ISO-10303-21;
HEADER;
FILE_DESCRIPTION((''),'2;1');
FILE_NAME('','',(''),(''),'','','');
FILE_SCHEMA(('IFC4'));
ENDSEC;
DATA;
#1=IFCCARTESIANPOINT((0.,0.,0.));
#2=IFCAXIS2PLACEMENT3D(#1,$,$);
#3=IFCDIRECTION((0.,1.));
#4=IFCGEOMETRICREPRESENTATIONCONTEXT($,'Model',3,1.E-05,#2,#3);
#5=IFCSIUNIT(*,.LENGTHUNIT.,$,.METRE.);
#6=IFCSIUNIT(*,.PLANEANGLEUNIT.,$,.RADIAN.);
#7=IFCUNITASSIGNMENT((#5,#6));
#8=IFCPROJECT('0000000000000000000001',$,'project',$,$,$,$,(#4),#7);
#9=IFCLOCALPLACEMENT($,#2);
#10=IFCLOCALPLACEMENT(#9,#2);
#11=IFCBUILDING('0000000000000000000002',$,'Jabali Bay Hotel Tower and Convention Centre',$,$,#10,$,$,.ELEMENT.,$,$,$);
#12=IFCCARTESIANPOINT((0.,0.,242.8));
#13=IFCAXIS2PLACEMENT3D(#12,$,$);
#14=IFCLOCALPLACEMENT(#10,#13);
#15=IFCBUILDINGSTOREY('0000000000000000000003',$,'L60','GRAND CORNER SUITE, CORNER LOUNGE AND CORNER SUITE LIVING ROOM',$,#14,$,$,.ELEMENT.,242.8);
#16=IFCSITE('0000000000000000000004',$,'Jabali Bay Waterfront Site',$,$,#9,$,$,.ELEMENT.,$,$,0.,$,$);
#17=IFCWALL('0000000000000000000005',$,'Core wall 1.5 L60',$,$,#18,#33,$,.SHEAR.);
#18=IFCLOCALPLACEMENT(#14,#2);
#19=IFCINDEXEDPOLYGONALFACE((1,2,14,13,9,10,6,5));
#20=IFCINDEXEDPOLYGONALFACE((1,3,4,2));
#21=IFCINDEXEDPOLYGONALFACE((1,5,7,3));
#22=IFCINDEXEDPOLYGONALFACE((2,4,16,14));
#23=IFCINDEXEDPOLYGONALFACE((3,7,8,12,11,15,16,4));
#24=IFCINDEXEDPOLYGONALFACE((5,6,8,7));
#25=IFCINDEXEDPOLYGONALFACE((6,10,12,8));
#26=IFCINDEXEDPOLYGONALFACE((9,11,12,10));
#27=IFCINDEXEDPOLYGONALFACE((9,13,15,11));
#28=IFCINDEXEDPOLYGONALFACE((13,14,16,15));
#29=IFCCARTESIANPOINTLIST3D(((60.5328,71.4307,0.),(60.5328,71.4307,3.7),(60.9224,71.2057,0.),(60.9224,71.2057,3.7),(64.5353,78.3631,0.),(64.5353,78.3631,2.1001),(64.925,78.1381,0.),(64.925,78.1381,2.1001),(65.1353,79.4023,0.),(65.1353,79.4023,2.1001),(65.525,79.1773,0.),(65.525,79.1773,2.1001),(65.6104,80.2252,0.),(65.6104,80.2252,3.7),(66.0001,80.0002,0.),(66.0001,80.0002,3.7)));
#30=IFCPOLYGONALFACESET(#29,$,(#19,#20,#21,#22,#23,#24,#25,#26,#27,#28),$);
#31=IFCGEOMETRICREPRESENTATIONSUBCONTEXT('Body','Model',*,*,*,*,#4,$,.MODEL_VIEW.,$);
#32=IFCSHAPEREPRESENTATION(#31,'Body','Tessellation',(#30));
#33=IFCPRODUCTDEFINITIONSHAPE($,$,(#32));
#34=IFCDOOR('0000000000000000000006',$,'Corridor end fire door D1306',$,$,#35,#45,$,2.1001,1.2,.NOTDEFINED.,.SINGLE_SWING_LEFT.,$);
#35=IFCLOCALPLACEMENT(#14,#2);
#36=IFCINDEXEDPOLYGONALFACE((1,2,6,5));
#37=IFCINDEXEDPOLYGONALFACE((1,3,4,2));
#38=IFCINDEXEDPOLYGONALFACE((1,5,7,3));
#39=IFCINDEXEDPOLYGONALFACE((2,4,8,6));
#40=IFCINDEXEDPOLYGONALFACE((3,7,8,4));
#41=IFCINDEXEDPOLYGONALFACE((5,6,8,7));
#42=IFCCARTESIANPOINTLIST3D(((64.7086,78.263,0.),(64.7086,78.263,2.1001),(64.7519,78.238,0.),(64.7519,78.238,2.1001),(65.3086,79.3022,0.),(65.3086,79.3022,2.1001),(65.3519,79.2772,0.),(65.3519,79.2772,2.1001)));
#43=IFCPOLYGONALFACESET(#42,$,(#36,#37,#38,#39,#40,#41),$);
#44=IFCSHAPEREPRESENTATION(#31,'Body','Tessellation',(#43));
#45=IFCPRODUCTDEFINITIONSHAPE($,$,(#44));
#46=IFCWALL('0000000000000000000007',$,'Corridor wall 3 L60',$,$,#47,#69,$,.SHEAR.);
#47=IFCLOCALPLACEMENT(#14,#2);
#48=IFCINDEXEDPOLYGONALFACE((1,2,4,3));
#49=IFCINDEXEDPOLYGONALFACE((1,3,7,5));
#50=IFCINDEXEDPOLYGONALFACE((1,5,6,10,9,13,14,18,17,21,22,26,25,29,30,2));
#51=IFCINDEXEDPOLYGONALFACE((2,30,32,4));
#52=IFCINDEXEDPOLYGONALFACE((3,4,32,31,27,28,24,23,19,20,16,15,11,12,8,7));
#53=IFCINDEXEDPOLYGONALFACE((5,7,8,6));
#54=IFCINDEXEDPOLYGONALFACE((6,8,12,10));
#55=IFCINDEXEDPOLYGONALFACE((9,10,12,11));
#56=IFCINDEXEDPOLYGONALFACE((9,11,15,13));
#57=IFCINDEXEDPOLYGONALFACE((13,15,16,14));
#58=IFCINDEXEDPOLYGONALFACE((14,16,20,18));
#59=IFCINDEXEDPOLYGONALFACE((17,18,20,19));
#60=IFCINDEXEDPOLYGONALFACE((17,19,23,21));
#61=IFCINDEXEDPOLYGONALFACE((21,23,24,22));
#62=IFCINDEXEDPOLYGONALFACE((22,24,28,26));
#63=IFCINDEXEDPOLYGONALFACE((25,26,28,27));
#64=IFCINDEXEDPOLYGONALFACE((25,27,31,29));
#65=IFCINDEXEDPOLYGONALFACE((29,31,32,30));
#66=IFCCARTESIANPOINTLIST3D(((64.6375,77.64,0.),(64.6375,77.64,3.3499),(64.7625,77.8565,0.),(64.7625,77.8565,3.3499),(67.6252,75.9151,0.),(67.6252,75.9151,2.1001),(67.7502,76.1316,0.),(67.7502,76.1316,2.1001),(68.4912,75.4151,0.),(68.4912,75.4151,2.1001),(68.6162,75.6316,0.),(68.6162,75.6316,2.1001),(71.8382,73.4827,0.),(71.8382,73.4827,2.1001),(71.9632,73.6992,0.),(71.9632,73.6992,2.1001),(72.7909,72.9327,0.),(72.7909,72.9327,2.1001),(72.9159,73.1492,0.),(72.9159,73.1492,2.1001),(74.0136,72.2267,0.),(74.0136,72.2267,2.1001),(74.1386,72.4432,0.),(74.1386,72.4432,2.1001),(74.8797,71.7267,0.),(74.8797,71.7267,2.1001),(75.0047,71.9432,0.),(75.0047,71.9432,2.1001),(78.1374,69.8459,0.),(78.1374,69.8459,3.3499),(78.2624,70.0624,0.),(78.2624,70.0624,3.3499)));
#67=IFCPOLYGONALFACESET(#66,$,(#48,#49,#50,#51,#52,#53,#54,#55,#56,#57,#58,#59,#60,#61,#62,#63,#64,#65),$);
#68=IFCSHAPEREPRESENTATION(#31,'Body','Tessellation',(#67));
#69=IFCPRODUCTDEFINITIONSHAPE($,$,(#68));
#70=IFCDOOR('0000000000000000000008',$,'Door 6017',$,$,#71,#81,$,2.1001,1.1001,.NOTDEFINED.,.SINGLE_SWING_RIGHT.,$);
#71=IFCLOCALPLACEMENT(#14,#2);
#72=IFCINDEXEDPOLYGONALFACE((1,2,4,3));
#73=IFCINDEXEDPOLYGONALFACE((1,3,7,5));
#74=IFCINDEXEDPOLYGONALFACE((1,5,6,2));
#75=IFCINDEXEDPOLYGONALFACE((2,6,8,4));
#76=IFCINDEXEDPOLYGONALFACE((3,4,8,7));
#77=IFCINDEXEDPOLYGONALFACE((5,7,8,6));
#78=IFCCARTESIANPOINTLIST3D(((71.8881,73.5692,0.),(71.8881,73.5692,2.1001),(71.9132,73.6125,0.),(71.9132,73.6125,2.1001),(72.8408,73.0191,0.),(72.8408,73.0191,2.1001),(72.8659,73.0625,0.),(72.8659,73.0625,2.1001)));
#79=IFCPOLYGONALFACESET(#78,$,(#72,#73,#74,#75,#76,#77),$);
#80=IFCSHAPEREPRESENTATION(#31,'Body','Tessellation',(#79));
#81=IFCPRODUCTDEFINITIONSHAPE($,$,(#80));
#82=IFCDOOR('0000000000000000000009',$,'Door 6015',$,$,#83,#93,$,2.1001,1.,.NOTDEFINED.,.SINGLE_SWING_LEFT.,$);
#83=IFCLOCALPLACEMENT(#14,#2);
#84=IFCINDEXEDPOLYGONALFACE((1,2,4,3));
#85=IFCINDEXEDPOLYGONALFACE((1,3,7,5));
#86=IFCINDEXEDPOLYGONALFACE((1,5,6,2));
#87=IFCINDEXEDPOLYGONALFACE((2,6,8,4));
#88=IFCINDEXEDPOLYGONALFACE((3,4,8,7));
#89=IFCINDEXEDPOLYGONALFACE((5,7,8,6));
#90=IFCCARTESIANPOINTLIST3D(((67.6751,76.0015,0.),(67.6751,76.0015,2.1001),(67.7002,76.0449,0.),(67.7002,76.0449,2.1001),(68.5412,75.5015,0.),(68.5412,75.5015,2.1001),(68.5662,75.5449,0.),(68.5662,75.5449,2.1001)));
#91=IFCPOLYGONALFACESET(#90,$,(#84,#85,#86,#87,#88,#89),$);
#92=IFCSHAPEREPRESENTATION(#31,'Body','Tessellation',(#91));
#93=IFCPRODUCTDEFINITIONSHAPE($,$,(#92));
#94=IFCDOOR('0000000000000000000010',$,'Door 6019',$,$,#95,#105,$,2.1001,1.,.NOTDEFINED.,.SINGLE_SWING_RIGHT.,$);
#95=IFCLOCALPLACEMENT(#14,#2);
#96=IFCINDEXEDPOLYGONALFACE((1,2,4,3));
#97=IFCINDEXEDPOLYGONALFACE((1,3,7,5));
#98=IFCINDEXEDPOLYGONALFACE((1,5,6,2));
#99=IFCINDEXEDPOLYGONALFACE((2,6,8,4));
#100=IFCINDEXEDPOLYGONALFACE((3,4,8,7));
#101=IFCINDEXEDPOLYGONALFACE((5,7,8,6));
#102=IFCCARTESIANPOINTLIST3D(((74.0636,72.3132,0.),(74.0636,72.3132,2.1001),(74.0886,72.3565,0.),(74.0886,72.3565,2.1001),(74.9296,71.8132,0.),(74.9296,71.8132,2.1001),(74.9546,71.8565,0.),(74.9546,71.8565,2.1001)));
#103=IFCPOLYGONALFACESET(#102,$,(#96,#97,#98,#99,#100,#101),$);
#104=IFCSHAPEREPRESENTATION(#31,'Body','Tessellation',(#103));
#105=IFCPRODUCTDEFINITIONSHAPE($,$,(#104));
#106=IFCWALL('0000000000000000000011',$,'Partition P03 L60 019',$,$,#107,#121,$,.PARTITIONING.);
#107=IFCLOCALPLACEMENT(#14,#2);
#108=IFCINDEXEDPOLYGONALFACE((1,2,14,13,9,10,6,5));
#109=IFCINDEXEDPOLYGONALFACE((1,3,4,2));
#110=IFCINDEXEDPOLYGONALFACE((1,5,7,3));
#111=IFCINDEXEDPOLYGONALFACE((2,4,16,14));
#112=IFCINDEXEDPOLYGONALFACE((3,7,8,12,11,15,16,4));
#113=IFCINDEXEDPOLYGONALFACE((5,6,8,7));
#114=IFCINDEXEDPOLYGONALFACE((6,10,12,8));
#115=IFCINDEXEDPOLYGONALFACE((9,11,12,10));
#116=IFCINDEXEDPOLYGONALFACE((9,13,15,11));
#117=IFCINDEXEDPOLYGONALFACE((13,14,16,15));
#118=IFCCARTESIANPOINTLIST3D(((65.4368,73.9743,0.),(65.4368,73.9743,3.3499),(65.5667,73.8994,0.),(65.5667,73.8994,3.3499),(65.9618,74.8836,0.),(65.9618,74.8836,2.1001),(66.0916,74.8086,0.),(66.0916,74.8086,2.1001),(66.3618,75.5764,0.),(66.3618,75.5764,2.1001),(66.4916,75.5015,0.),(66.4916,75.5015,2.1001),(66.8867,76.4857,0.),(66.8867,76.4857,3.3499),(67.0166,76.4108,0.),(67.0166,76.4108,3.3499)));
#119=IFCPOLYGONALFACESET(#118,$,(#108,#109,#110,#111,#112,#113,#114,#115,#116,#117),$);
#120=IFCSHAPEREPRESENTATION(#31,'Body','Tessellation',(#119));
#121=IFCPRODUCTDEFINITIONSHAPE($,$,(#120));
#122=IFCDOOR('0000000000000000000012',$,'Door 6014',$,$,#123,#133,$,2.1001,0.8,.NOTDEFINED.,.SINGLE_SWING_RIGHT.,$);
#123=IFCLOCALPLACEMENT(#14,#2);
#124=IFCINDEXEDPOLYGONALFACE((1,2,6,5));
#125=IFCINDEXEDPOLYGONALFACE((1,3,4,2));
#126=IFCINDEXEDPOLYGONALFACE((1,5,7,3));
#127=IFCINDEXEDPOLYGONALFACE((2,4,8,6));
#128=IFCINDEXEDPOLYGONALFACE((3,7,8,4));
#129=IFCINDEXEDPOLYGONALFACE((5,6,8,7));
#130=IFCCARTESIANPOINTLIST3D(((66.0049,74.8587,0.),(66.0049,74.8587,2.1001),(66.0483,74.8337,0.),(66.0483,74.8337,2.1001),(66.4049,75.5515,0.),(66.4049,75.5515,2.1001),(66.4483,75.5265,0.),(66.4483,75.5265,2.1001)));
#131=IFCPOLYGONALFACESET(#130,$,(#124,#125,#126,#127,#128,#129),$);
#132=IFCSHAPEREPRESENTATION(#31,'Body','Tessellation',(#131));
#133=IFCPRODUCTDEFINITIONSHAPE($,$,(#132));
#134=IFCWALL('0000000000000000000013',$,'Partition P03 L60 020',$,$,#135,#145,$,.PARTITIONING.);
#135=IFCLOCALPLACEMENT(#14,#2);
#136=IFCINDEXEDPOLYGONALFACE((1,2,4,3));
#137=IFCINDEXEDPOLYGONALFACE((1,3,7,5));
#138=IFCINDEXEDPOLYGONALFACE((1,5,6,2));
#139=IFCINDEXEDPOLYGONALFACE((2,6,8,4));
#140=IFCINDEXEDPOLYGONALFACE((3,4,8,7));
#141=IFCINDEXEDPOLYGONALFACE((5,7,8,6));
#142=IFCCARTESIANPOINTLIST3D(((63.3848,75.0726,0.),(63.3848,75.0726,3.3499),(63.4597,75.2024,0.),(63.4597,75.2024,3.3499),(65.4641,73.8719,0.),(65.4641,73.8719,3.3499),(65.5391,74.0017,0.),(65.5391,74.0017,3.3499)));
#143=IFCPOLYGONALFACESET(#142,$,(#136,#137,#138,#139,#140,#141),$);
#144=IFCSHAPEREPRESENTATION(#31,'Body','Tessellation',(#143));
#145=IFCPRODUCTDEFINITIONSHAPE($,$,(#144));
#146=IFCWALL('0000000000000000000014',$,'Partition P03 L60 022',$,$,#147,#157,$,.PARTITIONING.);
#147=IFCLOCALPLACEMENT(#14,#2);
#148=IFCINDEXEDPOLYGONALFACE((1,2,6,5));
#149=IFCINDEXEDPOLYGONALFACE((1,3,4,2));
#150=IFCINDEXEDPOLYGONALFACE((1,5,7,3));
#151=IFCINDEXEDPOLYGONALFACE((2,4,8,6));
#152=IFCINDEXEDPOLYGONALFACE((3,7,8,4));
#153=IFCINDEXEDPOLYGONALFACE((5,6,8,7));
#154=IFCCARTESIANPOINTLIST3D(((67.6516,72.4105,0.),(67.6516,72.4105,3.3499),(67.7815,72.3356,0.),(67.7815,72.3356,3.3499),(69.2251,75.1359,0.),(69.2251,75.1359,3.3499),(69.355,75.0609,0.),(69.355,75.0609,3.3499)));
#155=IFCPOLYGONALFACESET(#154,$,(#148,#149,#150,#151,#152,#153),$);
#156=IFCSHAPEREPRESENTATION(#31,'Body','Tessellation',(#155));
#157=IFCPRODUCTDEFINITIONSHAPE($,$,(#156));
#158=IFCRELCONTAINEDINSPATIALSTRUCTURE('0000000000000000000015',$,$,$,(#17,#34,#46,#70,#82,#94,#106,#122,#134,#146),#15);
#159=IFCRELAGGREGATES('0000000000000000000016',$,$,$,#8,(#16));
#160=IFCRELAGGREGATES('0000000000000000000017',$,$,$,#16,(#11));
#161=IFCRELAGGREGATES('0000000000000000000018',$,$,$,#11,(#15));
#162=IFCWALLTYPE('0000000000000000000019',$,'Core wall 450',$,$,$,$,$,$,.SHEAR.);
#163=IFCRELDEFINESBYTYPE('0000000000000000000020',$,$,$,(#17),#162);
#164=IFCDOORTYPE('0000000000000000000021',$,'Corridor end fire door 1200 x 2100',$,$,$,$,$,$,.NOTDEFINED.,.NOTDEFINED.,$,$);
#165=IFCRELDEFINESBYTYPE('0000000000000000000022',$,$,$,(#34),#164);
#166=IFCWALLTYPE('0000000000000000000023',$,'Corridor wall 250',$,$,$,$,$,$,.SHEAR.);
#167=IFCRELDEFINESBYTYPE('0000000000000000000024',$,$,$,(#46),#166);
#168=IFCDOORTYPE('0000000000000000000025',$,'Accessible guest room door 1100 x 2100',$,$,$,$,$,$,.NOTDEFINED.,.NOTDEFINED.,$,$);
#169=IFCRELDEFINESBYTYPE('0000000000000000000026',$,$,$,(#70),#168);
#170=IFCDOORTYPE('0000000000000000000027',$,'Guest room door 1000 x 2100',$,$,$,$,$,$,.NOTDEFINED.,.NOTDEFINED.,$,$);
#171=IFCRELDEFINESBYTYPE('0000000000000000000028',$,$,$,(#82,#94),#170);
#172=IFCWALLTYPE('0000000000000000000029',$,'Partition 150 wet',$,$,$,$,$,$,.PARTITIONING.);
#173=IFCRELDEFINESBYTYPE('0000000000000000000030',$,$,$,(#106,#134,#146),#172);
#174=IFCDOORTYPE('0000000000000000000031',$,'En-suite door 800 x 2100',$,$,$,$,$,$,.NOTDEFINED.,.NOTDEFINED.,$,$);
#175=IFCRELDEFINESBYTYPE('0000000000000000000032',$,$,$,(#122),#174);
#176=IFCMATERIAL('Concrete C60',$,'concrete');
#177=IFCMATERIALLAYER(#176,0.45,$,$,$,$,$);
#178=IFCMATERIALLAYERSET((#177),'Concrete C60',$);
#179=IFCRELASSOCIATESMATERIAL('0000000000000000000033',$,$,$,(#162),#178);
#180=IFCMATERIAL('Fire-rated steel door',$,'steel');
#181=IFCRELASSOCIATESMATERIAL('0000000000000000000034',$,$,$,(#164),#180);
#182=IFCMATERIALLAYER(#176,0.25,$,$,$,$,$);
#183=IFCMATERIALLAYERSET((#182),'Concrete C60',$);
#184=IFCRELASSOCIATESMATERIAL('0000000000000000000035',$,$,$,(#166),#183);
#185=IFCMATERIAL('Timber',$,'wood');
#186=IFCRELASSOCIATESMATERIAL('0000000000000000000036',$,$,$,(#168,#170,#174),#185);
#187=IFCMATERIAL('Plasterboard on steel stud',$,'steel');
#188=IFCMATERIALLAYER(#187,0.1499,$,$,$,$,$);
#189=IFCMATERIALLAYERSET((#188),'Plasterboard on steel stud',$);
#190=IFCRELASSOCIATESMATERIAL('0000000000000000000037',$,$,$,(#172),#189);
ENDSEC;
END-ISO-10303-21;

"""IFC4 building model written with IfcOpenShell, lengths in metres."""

from ifc_helpers import new_model, si_unit, direction, frame, frame_2d, origin, place, context, subcontext, project, spatial, rectangle, extrude, material, layer, layer_set, type_object, element, fill, save


model = new_model("IFC4")

# Units and contexts
model_context = context("Model", 3, precision=1e-05, world=origin(), true_north=direction((0.0, 1.0)))
body_context = subcontext(model_context, "Body", "Model", "MODEL_VIEW")
ifc_project = project(units=[si_unit("LENGTHUNIT", "METRE"), si_unit("PLANEANGLEUNIT", "RADIAN")], contexts=[model_context])

# Site, building, storey
site_placement = place(None, origin())
site = spatial("IfcSite", under=ifc_project, at=site_placement, Name="Jabali Bay Waterfront Site", CompositionType="ELEMENT", RefElevation=0.0)
building_placement = place(site_placement, origin())
building = spatial("IfcBuilding", under=site, at=building_placement, Name="Jabali Bay Hotel Tower and Convention Centre", CompositionType="ELEMENT")
storey_placement = place(building_placement, frame((0.0, 0.0, 242.8)))
storey = spatial("IfcBuildingStorey", under=building, at=storey_placement, Name="L60", Description="GRAND CORNER SUITE, CORNER LOUNGE AND CORNER SUITE LIVING ROOM", CompositionType="ELEMENT", Elevation=242.8)

# Shared definitions
ifc_material_1 = material(Name="Concrete C60", Category="concrete")

# Shared definitions
ifc_material_2 = material(Name="Fire-rated steel door", Category="steel")

# Wall, opening, door
ifc_layer_1 = layer(ifc_material_1, 0.45)
ifc_layer_set_1 = layer_set([ifc_layer_1], Name="Concrete C60")
wall_type_1 = type_object("IfcWallType", Name="Core wall 450", PredefinedType="SHEAR", material=ifc_layer_set_1)
wall_1_placement = place(storey_placement, frame((60.7275, 71.3181, 0.0), z_axis=(0.0, 0.0, 1.0), x_axis=(0.500012, 0.866018, 0.0)))
wall_1 = element("IfcWall", 1, at=wall_1_placement, inside=storey, type_object=wall_type_1, Name="Core wall 1.5 L60", PredefinedType="SHEAR", context=body_context, shape_type="SweptSolid", body=[
    extrude(rectangle(XDim=10.155, YDim=0.45, at=frame_2d((5.0776, 0.0))), origin(), (0.0, 0.0, 1.0), 3.7),
])
opening_1_placement = place(wall_1_placement, frame((8.0049, 0.0, 0.0)))
opening_1 = element("IfcOpeningElement", 2, at=opening_1_placement, cuts=wall_1, PredefinedType="OPENING", context=body_context, shape_type="SweptSolid", body=[
    extrude(rectangle(XDim=1.2, YDim=2.1001, at=frame_2d((0.6001, 1.05))), frame((0.0, 0.2354, 0.0), z_axis=(0.0, -1.0, 0.0), x_axis=(1.0, 0.0, 0.0)), (0.0, 0.0, 1.0), 0.4709),
])
door_type_1 = type_object("IfcDoorType", Name="Corridor end fire door 1200 x 2100", OperationType="NOTDEFINED", PredefinedType="NOTDEFINED", material=ifc_material_2)
door_1_placement = place(opening_1_placement, origin())
door_1 = element("IfcDoor", 3, at=door_1_placement, inside=storey, type_object=door_type_1, Name="Corridor end fire door D1306", OperationType="SINGLE_SWING_LEFT", OverallHeight=2.1001, OverallWidth=1.2, PredefinedType="NOTDEFINED", context=body_context, shape_type="SweptSolid", body=[
    extrude(rectangle(XDim=1.2, YDim=2.1001, at=frame_2d((0.6001, 1.05))), frame((0.0, 0.0249, 0.0), z_axis=(0.0, -1.0, 0.0), x_axis=(1.0, 0.0, 0.0)), (0.0, 0.0, 1.0), 0.05),
])
fill(opening_1, door_1)

# Wall, openings, doors
ifc_layer_2 = layer(ifc_material_1, 0.25)
ifc_layer_set_2 = layer_set([ifc_layer_2], Name="Concrete C60")
wall_type_2 = type_object("IfcWallType", Name="Corridor wall 250", PredefinedType="SHEAR", material=ifc_layer_set_2)
wall_2_placement = place(storey_placement, frame((64.7, 77.7483, 0.0), z_axis=(0.0, 0.0, 1.0), x_axis=(0.866026, -0.499998, 0.0)))
wall_2 = element("IfcWall", 4, at=wall_2_placement, inside=storey, type_object=wall_type_2, Name="Corridor wall 3 L60", PredefinedType="SHEAR", context=body_context, shape_type="SweptSolid", body=[
    extrude(rectangle(XDim=15.5884, YDim=0.25, at=frame_2d((7.7942, 0.0))), origin(), (0.0, 0.0, 1.0), 3.3499),
])
opening_2_placement = place(wall_2_placement, frame((3.45, 0.0, 0.0)))
opening_2 = element("IfcOpeningElement", 5, at=opening_2_placement, cuts=wall_2, PredefinedType="OPENING", context=body_context, shape_type="SweptSolid", body=[
    extrude(rectangle(XDim=1.0, YDim=2.1001, at=frame_2d((0.5, 1.05))), frame((0.0, 0.1355, 0.0), z_axis=(0.0, -1.0, 0.0), x_axis=(1.0, 0.0, 0.0)), (0.0, 0.0, 1.0), 0.271),
])
opening_3_placement = place(wall_2_placement, frame((8.3147, 0.0, 0.0)))
opening_3 = element("IfcOpeningElement", 6, at=opening_3_placement, cuts=wall_2, PredefinedType="OPENING", context=body_context, shape_type="SweptSolid", body=[
    extrude(rectangle(XDim=1.1001, YDim=2.1001, at=frame_2d((0.55, 1.05))), frame((0.0, 0.1355, 0.0), z_axis=(0.0, -1.0, 0.0), x_axis=(1.0, 0.0, 0.0)), (0.0, 0.0, 1.0), 0.271),
])
opening_4_placement = place(wall_2_placement, frame((10.8267, 0.0, 0.0)))
opening_4 = element("IfcOpeningElement", 7, at=opening_4_placement, cuts=wall_2, PredefinedType="OPENING", context=body_context, shape_type="SweptSolid", body=[
    extrude(rectangle(XDim=1.0, YDim=2.1001, at=frame_2d((0.5, 1.05))), frame((0.0, 0.1355, 0.0), z_axis=(0.0, -1.0, 0.0), x_axis=(1.0, 0.0, 0.0)), (0.0, 0.0, 1.0), 0.271),
])
ifc_material_3 = material(Name="Timber", Category="wood")
door_type_2 = type_object("IfcDoorType", Name="Accessible guest room door 1100 x 2100", OperationType="NOTDEFINED", PredefinedType="NOTDEFINED", material=ifc_material_3)
door_2_placement = place(opening_3_placement, origin())
door_2 = element("IfcDoor", 8, at=door_2_placement, inside=storey, type_object=door_type_2, Name="Door 6017", OperationType="SINGLE_SWING_RIGHT", OverallHeight=2.1001, OverallWidth=1.1001, PredefinedType="NOTDEFINED", context=body_context, shape_type="SweptSolid", body=[
    extrude(rectangle(XDim=1.1001, YDim=2.1001, at=frame_2d((0.55, 1.05))), frame((0.0, 0.0249, 0.0), z_axis=(0.0, -1.0, 0.0), x_axis=(1.0, 0.0, 0.0)), (0.0, 0.0, 1.0), 0.05),
])
fill(opening_3, door_2)
door_type_3 = type_object("IfcDoorType", Name="Guest room door 1000 x 2100", OperationType="NOTDEFINED", PredefinedType="NOTDEFINED", material=ifc_material_3)
door_3_placement = place(opening_2_placement, origin())
door_3 = element("IfcDoor", 9, at=door_3_placement, inside=storey, type_object=door_type_3, Name="Door 6015", OperationType="SINGLE_SWING_LEFT", OverallHeight=2.1001, OverallWidth=1.0, PredefinedType="NOTDEFINED", context=body_context, shape_type="SweptSolid", body=[
    extrude(rectangle(XDim=1.0, YDim=2.1001, at=frame_2d((0.5, 1.05))), frame((0.0, 0.0249, 0.0), z_axis=(0.0, -1.0, 0.0), x_axis=(1.0, 0.0, 0.0)), (0.0, 0.0, 1.0), 0.05),
])
fill(opening_2, door_3)
door_4_placement = place(opening_4_placement, origin())
door_4 = element("IfcDoor", 10, at=door_4_placement, inside=storey, type_object=door_type_3, Name="Door 6019", OperationType="SINGLE_SWING_RIGHT", OverallHeight=2.1001, OverallWidth=1.0, PredefinedType="NOTDEFINED", context=body_context, shape_type="SweptSolid", body=[
    extrude(rectangle(XDim=1.0, YDim=2.1001, at=frame_2d((0.5, 1.05))), frame((0.0, 0.0249, 0.0), z_axis=(0.0, -1.0, 0.0), x_axis=(1.0, 0.0, 0.0)), (0.0, 0.0, 1.0), 0.05),
])
fill(opening_4, door_4)

# Wall, opening, door
ifc_material_4 = material(Name="Plasterboard on steel stud", Category="steel")
ifc_layer_3 = layer(ifc_material_4, 0.1499)
ifc_layer_set_3 = layer_set([ifc_layer_3], Name="Plasterboard on steel stud")
wall_type_3 = type_object("IfcWallType", Name="Partition 150 wet", PredefinedType="PARTITIONING", material=ifc_layer_set_3)
wall_3_placement = place(storey_placement, frame((66.9517, 76.4482, 0.0), z_axis=(0.0, 0.0, 1.0), x_axis=(-0.499987, -0.866033, 0.0)))
wall_3 = element("IfcWall", 11, at=wall_3_placement, inside=storey, type_object=wall_type_3, Name="Partition P03 L60 019", PredefinedType="PARTITIONING", context=body_context, shape_type="SweptSolid", body=[
    extrude(rectangle(XDim=2.8999, YDim=0.1499, at=frame_2d((1.45, 0.0))), origin(), (0.0, 0.0, 1.0), 3.3499),
])
opening_5_placement = place(wall_3_placement, frame((1.05, 0.0, 0.0)))
opening_5 = element("IfcOpeningElement", 12, at=opening_5_placement, cuts=wall_3, PredefinedType="OPENING", context=body_context, shape_type="SweptSolid", body=[
    extrude(rectangle(XDim=0.8, YDim=2.1001, at=frame_2d((0.3999, 1.05))), frame((0.0, 0.0854, 0.0), z_axis=(0.0, -1.0, 0.0), x_axis=(1.0, 0.0, 0.0)), (0.0, 0.0, 1.0), 0.1709),
])
door_type_4 = type_object("IfcDoorType", Name="En-suite door 800 x 2100", OperationType="NOTDEFINED", PredefinedType="NOTDEFINED", material=ifc_material_3)
door_5_placement = place(opening_5_placement, origin())
door_5 = element("IfcDoor", 13, at=door_5_placement, inside=storey, type_object=door_type_4, Name="Door 6014", OperationType="SINGLE_SWING_RIGHT", OverallHeight=2.1001, OverallWidth=0.8, PredefinedType="NOTDEFINED", context=body_context, shape_type="SweptSolid", body=[
    extrude(rectangle(XDim=0.8, YDim=2.1001, at=frame_2d((0.3999, 1.05))), frame((0.0, 0.0249, 0.0), z_axis=(0.0, -1.0, 0.0), x_axis=(1.0, 0.0, 0.0)), (0.0, 0.0, 1.0), 0.05),
])
fill(opening_5, door_5)

# Walls
wall_4_placement = place(storey_placement, frame((65.5017, 73.9368, 0.0), z_axis=(0.0, 0.0, 1.0), x_axis=(-0.865994, 0.500054, 0.0)))
element("IfcWall", 14, at=wall_4_placement, inside=storey, type_object=wall_type_3, Name="Partition P03 L60 020", PredefinedType="PARTITIONING", context=body_context, shape_type="SweptSolid", body=[
    extrude(rectangle(XDim=2.4011, YDim=0.1499, at=frame_2d((1.2007, 0.0))), origin(), (0.0, 0.0, 1.0), 3.3499),
])
wall_5_placement = place(storey_placement, frame((67.7166, 72.373, 0.0), z_axis=(0.0, 0.0, 1.0), x_axis=(0.500002, 0.866024, 0.0)))
element("IfcWall", 15, at=wall_5_placement, inside=storey, type_object=wall_type_3, Name="Partition P03 L60 022", PredefinedType="PARTITIONING", context=body_context, shape_type="SweptSolid", body=[
    extrude(rectangle(XDim=3.147, YDim=0.1499, at=frame_2d((1.5735, 0.0))), origin(), (0.0, 0.0, 1.0), 3.3499),
])

save(model, "model.ifc")
